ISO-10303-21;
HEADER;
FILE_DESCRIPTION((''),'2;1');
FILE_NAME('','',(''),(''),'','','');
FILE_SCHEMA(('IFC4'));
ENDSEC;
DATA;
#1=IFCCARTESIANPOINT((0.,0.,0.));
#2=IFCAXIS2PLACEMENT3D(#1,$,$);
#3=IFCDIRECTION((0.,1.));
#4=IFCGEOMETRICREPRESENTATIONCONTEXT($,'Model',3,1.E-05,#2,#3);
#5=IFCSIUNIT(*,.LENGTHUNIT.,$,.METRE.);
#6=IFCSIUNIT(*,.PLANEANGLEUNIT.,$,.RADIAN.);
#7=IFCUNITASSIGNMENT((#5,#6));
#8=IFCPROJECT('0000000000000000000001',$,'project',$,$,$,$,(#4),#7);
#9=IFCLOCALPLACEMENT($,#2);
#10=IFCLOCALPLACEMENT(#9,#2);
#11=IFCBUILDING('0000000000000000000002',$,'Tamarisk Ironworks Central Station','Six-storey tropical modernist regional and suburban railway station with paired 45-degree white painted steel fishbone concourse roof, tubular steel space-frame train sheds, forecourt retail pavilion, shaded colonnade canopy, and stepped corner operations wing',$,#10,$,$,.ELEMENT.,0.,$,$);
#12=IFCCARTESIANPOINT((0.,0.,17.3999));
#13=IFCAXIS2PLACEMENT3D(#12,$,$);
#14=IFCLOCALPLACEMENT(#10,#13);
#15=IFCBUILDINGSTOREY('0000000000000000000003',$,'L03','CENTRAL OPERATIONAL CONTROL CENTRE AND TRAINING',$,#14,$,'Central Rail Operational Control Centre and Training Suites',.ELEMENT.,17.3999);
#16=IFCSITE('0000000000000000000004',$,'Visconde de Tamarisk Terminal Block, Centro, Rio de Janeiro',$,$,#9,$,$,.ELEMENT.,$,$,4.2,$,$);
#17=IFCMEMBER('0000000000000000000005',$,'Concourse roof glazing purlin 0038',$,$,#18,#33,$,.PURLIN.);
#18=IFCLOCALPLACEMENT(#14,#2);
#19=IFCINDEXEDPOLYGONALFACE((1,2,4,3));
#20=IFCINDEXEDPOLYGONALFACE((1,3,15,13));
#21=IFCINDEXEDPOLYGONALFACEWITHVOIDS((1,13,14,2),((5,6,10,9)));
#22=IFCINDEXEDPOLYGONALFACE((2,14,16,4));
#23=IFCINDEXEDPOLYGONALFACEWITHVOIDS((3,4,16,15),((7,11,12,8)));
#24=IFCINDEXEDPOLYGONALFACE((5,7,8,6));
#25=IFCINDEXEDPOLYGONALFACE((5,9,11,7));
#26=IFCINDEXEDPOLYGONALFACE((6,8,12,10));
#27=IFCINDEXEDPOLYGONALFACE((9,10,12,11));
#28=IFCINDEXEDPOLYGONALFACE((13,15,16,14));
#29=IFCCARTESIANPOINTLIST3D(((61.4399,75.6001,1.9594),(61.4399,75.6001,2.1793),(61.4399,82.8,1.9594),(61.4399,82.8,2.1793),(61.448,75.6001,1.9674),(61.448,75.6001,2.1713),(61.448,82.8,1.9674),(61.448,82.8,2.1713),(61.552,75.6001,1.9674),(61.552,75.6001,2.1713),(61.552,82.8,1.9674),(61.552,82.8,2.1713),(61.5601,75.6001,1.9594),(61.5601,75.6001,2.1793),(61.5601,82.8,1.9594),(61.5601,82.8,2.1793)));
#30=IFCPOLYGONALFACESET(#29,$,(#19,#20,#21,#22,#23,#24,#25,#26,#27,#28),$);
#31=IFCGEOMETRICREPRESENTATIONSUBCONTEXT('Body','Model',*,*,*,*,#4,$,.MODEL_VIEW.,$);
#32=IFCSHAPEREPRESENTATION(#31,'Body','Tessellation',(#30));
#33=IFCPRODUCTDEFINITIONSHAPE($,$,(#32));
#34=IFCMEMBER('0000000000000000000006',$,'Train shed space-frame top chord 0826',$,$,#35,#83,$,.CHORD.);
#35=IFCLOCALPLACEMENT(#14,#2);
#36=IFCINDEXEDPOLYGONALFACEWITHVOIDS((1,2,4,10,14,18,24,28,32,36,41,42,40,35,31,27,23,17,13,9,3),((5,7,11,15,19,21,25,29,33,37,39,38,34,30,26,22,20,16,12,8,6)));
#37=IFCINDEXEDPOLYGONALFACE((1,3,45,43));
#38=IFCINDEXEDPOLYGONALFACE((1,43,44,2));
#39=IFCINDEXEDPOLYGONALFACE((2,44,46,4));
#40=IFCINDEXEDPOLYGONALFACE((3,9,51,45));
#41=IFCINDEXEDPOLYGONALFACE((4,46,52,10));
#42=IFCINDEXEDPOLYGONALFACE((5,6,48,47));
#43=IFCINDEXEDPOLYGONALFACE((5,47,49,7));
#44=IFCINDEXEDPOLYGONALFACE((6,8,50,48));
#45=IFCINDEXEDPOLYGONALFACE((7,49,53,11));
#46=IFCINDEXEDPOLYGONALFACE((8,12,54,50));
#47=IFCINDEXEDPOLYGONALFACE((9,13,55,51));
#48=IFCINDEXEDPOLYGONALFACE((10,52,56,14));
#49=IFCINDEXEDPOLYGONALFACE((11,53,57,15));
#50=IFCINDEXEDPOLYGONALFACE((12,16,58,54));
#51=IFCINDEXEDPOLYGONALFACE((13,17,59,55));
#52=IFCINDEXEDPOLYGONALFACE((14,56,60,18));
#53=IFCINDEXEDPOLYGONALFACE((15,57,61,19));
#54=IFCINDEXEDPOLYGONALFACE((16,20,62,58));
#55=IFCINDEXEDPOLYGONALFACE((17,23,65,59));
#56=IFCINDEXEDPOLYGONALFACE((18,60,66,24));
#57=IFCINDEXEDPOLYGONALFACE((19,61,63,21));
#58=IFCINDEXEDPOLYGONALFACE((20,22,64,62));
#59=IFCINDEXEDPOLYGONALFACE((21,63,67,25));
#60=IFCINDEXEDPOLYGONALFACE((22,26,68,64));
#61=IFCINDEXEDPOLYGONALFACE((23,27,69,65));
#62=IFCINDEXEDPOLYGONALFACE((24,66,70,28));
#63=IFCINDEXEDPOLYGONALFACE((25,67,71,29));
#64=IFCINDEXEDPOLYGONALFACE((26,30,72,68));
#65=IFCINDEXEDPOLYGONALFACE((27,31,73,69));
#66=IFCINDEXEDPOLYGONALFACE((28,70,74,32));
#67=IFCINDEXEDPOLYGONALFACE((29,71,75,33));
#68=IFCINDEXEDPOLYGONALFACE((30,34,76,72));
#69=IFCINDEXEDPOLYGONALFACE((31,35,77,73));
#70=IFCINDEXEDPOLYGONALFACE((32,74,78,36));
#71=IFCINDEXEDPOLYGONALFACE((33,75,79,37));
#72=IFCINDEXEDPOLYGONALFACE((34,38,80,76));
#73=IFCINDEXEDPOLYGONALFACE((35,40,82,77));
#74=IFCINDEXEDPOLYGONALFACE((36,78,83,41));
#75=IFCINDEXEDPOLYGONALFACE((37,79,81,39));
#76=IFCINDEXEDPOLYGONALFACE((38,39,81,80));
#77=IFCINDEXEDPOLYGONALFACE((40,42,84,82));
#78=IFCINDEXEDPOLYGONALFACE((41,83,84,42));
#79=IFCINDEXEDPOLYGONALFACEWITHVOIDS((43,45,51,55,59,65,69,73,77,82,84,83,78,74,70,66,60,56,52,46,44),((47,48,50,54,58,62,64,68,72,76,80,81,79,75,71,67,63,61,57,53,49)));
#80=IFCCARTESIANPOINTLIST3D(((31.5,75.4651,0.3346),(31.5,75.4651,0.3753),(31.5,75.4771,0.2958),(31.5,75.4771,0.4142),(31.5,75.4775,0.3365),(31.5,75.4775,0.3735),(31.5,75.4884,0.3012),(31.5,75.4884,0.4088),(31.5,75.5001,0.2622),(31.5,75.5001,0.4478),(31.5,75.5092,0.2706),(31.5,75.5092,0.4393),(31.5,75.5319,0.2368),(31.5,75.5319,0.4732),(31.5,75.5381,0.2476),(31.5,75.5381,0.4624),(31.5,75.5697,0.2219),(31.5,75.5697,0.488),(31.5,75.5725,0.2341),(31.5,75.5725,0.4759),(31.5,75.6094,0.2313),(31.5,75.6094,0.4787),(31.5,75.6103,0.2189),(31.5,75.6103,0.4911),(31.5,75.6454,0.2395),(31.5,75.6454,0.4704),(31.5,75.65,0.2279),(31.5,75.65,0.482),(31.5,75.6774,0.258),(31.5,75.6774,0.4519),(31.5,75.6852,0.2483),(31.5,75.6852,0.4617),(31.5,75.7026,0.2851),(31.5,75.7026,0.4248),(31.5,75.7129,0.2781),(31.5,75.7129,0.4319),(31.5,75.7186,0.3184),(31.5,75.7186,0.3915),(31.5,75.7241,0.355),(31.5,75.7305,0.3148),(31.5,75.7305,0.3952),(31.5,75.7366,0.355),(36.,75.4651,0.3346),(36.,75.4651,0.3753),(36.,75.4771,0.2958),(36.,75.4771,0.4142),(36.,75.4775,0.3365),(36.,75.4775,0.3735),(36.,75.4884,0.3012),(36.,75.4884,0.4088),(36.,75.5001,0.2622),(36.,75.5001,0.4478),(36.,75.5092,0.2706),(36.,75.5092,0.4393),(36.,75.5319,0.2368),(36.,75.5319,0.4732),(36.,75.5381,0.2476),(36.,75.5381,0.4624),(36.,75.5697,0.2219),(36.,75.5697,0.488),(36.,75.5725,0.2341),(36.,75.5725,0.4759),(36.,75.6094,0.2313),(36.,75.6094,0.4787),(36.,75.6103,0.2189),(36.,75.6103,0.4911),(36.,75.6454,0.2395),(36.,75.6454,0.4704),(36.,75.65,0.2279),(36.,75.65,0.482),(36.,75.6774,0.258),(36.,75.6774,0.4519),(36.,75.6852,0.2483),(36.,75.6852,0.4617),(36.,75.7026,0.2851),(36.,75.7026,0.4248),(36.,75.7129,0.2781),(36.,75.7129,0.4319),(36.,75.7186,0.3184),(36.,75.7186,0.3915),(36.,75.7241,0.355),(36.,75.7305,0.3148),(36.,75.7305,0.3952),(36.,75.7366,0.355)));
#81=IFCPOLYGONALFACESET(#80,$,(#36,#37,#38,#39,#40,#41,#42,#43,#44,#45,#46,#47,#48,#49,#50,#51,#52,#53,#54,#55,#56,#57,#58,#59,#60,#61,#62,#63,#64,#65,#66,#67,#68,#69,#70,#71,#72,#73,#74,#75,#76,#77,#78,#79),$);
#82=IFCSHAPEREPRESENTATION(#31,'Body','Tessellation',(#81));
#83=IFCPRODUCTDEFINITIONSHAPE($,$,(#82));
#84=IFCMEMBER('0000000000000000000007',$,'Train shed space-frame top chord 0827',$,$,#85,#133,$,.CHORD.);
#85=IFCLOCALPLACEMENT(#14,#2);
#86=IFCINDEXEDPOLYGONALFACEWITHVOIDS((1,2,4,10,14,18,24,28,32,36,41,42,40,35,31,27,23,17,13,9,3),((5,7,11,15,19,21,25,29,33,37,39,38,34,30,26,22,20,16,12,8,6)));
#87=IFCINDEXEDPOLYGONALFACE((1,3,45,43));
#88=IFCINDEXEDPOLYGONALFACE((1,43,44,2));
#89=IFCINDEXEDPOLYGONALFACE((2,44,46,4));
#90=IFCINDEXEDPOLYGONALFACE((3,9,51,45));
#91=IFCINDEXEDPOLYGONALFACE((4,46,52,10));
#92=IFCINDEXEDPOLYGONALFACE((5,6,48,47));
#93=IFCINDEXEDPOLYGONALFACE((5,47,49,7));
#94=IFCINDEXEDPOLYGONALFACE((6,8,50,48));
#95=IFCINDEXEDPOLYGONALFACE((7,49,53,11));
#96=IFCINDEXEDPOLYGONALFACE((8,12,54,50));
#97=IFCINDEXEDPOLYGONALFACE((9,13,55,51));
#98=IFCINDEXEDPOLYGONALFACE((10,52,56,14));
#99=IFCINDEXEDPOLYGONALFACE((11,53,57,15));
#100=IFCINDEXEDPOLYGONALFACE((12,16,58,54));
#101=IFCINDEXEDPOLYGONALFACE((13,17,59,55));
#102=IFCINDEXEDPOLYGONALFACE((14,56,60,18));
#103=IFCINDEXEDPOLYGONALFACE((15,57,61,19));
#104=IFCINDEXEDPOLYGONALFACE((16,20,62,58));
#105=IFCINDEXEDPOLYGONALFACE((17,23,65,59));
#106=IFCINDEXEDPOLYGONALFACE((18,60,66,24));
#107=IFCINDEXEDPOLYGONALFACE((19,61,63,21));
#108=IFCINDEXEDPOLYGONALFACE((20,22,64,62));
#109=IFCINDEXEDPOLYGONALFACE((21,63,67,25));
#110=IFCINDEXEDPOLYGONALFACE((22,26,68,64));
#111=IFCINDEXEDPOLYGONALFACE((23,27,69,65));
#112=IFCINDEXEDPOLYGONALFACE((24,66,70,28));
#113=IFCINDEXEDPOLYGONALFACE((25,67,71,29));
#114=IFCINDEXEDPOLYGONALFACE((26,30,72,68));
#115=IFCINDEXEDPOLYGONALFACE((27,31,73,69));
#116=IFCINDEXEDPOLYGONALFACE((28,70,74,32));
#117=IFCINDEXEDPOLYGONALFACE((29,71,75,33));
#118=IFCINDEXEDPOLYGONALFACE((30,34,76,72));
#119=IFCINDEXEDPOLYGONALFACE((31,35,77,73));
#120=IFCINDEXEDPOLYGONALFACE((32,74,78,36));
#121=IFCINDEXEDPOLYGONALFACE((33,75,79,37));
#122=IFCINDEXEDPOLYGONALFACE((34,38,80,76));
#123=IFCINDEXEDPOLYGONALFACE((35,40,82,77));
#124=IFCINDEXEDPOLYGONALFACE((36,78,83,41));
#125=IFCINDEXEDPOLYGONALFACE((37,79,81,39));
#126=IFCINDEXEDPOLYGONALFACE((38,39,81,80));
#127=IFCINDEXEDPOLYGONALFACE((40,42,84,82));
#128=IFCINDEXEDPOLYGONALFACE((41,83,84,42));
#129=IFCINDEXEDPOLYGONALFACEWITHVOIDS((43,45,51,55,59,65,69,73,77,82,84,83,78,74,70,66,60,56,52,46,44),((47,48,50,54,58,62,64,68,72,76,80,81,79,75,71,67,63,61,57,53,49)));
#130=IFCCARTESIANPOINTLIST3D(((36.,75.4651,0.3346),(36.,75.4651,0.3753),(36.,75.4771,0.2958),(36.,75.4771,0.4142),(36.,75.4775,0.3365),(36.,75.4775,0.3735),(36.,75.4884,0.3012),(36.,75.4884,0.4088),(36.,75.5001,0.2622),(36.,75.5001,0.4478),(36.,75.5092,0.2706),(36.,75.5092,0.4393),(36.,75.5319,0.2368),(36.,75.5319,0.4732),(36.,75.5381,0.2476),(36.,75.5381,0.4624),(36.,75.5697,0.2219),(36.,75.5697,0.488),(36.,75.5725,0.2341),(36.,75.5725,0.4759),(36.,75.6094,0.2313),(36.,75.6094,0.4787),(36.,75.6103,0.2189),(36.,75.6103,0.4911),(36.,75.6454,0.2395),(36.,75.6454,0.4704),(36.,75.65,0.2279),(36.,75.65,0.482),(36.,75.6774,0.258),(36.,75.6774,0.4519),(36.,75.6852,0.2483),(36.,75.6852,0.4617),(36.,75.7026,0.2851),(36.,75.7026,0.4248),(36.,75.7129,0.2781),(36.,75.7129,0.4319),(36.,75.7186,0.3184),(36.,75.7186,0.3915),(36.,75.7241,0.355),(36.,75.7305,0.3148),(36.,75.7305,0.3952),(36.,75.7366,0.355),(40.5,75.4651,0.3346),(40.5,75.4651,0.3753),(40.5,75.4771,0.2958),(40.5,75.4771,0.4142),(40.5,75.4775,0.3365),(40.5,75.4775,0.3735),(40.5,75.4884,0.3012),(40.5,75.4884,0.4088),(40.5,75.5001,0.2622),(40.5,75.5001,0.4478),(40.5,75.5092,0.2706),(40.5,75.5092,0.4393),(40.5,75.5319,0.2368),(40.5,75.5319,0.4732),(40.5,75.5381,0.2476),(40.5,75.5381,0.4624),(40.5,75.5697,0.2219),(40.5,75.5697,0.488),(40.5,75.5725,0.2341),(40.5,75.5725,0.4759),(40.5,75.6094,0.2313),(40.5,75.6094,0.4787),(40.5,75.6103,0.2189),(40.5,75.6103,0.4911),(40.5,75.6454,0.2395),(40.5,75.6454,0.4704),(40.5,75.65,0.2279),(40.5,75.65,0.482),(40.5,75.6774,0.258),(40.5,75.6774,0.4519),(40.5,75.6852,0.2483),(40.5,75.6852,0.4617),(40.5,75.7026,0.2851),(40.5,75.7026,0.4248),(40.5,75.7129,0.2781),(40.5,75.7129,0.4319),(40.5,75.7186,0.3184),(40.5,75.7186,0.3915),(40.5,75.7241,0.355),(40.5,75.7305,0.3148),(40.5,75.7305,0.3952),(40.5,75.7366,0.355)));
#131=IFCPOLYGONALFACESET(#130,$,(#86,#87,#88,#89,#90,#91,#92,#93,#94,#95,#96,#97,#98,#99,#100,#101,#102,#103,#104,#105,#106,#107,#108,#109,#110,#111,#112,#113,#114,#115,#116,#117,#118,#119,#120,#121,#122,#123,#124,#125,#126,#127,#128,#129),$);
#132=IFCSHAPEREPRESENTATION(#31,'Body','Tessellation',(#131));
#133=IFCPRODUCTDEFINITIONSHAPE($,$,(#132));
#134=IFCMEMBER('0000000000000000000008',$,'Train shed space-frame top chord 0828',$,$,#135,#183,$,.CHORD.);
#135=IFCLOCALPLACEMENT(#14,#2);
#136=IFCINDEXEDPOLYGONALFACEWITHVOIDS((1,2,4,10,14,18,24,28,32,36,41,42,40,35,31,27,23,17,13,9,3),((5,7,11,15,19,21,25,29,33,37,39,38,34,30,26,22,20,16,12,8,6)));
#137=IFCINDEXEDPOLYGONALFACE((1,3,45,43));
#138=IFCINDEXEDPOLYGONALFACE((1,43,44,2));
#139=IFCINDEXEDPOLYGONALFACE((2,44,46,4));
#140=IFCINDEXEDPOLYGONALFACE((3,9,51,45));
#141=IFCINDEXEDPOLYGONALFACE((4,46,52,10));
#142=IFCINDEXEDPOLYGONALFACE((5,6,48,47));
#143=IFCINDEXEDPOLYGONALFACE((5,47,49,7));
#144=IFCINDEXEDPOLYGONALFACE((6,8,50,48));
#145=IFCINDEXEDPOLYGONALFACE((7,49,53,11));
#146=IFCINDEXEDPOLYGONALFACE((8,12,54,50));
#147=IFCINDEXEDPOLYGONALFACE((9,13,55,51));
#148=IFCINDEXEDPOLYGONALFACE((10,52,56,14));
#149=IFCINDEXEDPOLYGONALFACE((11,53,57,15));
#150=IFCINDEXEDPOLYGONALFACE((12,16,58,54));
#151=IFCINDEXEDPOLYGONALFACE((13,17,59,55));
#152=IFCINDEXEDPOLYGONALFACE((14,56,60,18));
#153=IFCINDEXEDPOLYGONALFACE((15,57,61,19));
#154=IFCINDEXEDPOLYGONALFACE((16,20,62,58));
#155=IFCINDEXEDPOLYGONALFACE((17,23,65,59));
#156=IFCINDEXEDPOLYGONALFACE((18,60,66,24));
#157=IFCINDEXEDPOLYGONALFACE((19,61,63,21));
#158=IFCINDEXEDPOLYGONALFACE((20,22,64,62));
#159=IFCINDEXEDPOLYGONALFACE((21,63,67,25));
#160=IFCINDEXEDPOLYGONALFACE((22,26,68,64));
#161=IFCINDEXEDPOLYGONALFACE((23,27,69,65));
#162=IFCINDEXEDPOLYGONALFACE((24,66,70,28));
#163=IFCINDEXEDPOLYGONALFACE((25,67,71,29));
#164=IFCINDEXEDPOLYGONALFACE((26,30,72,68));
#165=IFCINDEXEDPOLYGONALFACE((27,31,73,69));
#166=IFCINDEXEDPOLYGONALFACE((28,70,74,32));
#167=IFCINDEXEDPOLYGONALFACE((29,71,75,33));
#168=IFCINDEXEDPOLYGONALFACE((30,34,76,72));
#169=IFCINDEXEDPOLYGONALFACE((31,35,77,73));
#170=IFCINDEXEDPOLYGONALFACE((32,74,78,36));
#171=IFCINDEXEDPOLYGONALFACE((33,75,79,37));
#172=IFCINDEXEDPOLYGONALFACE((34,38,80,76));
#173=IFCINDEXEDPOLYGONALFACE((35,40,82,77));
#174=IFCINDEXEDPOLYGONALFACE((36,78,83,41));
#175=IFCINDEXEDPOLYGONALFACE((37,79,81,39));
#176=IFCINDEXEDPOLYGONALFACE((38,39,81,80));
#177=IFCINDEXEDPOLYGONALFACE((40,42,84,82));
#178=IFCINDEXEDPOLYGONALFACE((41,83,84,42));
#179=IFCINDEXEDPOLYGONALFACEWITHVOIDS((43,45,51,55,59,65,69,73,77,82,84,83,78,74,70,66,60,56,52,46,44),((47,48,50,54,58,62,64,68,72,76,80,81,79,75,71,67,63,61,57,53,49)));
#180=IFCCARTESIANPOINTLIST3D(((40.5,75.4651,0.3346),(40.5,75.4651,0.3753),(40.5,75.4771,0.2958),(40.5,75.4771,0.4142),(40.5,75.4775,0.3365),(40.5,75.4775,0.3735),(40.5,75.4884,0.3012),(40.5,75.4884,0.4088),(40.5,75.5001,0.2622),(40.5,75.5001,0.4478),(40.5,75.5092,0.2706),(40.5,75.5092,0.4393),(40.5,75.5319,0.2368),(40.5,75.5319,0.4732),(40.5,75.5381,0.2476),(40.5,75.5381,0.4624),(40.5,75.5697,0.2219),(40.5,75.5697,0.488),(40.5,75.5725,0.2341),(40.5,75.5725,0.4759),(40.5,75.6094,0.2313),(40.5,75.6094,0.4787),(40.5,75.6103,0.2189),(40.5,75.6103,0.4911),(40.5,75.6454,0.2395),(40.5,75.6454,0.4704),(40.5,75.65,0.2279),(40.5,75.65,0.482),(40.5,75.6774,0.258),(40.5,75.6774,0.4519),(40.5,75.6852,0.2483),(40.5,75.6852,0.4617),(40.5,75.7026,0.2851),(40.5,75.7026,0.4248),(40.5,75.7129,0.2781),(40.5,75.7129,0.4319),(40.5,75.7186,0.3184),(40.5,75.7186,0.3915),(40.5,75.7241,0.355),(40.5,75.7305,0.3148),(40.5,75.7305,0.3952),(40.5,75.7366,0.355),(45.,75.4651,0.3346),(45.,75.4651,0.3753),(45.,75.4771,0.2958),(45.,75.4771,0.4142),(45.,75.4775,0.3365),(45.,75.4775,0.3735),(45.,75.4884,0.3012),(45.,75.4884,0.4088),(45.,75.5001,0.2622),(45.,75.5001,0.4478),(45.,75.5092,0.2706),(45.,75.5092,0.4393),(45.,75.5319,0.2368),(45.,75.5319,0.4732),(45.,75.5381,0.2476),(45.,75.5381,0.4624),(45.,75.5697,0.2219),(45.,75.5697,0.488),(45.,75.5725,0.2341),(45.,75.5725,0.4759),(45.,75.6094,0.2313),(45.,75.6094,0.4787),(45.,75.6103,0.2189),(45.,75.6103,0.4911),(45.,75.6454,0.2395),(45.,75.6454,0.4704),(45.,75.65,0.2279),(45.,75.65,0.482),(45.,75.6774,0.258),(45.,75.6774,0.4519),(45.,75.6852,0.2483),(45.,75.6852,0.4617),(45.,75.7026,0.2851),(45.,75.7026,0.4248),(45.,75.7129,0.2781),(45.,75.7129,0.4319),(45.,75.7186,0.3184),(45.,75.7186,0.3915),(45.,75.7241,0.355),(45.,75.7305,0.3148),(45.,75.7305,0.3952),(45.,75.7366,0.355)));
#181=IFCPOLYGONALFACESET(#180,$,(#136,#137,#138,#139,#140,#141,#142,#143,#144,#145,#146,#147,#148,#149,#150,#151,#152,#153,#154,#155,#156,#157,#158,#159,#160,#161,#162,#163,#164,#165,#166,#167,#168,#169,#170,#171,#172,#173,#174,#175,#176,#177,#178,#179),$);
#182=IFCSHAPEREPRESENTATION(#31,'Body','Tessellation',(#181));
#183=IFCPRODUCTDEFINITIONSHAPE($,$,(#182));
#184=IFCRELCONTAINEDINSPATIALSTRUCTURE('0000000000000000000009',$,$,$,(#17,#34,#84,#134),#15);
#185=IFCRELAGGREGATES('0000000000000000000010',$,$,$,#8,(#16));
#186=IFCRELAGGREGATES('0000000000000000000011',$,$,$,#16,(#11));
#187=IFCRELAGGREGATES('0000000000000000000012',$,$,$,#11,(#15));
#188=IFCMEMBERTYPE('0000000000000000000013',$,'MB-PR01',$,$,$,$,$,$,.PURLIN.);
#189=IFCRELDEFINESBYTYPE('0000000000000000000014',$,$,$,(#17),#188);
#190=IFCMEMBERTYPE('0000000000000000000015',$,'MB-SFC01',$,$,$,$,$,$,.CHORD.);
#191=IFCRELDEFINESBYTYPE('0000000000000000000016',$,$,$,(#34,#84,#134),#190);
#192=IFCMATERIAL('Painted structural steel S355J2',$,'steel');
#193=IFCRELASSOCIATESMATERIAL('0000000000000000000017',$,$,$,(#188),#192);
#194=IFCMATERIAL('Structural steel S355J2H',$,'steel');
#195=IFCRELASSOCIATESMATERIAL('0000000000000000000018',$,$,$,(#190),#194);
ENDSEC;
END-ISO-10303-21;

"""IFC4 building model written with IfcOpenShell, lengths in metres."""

from ifc_helpers import new_model, si_unit, direction, frame, origin, origin_2d, place, context, subcontext, project, spatial, hollow_rectangle, hollow_circle, extrude, material, material_profile, profile_set, type_object, element, save


model = new_model("IFC4")

# Units and contexts
model_context = context("Model", 3, precision=1e-05, world=origin(), true_north=direction((0.0, 1.0)))
body_context = subcontext(model_context, "Body", "Model", "MODEL_VIEW")
ifc_project = project(units=[si_unit("LENGTHUNIT", "METRE"), si_unit("PLANEANGLEUNIT", "RADIAN")], contexts=[model_context])

# Site, building, storey
site_placement = place(None, origin())
site = spatial("IfcSite", under=ifc_project, at=site_placement, Name="Visconde de Tamarisk Terminal Block, Centro, Rio de Janeiro", CompositionType="ELEMENT", RefElevation=4.2)
building_placement = place(site_placement, origin())
building = spatial("IfcBuilding", under=site, at=building_placement, Name="Tamarisk Ironworks Central Station", Description="Six-storey tropical modernist regional and suburban railway station with paired 45-degree white painted steel fishbone concourse roof, tubular steel space-frame train sheds, forecourt retail pavilion, shaded colonnade canopy, and stepped corner operations wing", CompositionType="ELEMENT", ElevationOfRefHeight=0.0)
storey_placement = place(building_placement, frame((0.0, 0.0, 17.3999)))
storey = spatial("IfcBuildingStorey", under=building, at=storey_placement, Name="L03", Description="CENTRAL OPERATIONAL CONTROL CENTRE AND TRAINING", LongName="Central Rail Operational Control Centre and Training Suites", CompositionType="ELEMENT", Elevation=17.3999)

# Members
ifc_material_1 = material(Name="Painted structural steel S355J2", Category="steel")
ifc_material_profile_1 = material_profile(ifc_material_1, hollow_rectangle(XDim=0.1201, YDim=0.22, WallThickness=0.0081, at=origin_2d()), Name="RHS 220x120x8")
ifc_profile_set_1 = profile_set([ifc_material_profile_1], Name="Painted structural steel S355J2")
member_type_1 = type_object("IfcMemberType", Name="MB-PR01", PredefinedType="PURLIN", material=ifc_profile_set_1)
member_1_placement = place(storey_placement, frame((61.5, 75.6001, 2.0693), z_axis=(0.0, 1.0, 0.0), x_axis=(-1.0, 0.0, 0.0)))
element("IfcMember", 1, at=member_1_placement, inside=storey, type_object=member_type_1, Name="Concourse roof glazing purlin 0038", PredefinedType="PURLIN", context=body_context, shape_type="SweptSolid", body=[
    extrude(hollow_rectangle(XDim=0.1201, YDim=0.22, WallThickness=0.0081, at=origin_2d()), origin(), (0.0, 0.0, 1.0), 7.2),
])
ifc_material_2 = material(Name="Structural steel S355J2H", Category="steel")
ifc_material_profile_2 = material_profile(ifc_material_2, hollow_circle(Radius=0.1365, WallThickness=0.0125, at=origin_2d()), Name="CHS 273x12.5")
ifc_profile_set_2 = profile_set([ifc_material_profile_2], Name="Structural steel S355J2H")
member_type_2 = type_object("IfcMemberType", Name="MB-SFC01", PredefinedType="CHORD", material=ifc_profile_set_2)
for number, where, z_axis, x_axis, name in (
    (2, (31.5, 75.6001, 0.355), (1.0, 0.0, 0.0), (0.0, 1.0, 0.0), "Train shed space-frame top chord 0826"),
    (3, (36.0, 75.6001, 0.355), (1.0, 0.0, 0.0), (0.0, 1.0, 0.0), "Train shed space-frame top chord 0827"),
    (4, (40.5, 75.6001, 0.355), (1.0, 0.0, 0.0), (0.0, 1.0, 0.0), "Train shed space-frame top chord 0828"),
):
    element("IfcMember", number, at=place(storey_placement, frame(where, z_axis=z_axis, x_axis=x_axis)), inside=storey, type_object=member_type_2, Name=name, PredefinedType="CHORD", context=body_context, shape_type="SweptSolid", body=[
        extrude(hollow_circle(Radius=0.1365, WallThickness=0.0125, at=origin_2d()), origin(), (0.0, 0.0, 1.0), 4.5),
    ])

save(model, "model.ifc")
